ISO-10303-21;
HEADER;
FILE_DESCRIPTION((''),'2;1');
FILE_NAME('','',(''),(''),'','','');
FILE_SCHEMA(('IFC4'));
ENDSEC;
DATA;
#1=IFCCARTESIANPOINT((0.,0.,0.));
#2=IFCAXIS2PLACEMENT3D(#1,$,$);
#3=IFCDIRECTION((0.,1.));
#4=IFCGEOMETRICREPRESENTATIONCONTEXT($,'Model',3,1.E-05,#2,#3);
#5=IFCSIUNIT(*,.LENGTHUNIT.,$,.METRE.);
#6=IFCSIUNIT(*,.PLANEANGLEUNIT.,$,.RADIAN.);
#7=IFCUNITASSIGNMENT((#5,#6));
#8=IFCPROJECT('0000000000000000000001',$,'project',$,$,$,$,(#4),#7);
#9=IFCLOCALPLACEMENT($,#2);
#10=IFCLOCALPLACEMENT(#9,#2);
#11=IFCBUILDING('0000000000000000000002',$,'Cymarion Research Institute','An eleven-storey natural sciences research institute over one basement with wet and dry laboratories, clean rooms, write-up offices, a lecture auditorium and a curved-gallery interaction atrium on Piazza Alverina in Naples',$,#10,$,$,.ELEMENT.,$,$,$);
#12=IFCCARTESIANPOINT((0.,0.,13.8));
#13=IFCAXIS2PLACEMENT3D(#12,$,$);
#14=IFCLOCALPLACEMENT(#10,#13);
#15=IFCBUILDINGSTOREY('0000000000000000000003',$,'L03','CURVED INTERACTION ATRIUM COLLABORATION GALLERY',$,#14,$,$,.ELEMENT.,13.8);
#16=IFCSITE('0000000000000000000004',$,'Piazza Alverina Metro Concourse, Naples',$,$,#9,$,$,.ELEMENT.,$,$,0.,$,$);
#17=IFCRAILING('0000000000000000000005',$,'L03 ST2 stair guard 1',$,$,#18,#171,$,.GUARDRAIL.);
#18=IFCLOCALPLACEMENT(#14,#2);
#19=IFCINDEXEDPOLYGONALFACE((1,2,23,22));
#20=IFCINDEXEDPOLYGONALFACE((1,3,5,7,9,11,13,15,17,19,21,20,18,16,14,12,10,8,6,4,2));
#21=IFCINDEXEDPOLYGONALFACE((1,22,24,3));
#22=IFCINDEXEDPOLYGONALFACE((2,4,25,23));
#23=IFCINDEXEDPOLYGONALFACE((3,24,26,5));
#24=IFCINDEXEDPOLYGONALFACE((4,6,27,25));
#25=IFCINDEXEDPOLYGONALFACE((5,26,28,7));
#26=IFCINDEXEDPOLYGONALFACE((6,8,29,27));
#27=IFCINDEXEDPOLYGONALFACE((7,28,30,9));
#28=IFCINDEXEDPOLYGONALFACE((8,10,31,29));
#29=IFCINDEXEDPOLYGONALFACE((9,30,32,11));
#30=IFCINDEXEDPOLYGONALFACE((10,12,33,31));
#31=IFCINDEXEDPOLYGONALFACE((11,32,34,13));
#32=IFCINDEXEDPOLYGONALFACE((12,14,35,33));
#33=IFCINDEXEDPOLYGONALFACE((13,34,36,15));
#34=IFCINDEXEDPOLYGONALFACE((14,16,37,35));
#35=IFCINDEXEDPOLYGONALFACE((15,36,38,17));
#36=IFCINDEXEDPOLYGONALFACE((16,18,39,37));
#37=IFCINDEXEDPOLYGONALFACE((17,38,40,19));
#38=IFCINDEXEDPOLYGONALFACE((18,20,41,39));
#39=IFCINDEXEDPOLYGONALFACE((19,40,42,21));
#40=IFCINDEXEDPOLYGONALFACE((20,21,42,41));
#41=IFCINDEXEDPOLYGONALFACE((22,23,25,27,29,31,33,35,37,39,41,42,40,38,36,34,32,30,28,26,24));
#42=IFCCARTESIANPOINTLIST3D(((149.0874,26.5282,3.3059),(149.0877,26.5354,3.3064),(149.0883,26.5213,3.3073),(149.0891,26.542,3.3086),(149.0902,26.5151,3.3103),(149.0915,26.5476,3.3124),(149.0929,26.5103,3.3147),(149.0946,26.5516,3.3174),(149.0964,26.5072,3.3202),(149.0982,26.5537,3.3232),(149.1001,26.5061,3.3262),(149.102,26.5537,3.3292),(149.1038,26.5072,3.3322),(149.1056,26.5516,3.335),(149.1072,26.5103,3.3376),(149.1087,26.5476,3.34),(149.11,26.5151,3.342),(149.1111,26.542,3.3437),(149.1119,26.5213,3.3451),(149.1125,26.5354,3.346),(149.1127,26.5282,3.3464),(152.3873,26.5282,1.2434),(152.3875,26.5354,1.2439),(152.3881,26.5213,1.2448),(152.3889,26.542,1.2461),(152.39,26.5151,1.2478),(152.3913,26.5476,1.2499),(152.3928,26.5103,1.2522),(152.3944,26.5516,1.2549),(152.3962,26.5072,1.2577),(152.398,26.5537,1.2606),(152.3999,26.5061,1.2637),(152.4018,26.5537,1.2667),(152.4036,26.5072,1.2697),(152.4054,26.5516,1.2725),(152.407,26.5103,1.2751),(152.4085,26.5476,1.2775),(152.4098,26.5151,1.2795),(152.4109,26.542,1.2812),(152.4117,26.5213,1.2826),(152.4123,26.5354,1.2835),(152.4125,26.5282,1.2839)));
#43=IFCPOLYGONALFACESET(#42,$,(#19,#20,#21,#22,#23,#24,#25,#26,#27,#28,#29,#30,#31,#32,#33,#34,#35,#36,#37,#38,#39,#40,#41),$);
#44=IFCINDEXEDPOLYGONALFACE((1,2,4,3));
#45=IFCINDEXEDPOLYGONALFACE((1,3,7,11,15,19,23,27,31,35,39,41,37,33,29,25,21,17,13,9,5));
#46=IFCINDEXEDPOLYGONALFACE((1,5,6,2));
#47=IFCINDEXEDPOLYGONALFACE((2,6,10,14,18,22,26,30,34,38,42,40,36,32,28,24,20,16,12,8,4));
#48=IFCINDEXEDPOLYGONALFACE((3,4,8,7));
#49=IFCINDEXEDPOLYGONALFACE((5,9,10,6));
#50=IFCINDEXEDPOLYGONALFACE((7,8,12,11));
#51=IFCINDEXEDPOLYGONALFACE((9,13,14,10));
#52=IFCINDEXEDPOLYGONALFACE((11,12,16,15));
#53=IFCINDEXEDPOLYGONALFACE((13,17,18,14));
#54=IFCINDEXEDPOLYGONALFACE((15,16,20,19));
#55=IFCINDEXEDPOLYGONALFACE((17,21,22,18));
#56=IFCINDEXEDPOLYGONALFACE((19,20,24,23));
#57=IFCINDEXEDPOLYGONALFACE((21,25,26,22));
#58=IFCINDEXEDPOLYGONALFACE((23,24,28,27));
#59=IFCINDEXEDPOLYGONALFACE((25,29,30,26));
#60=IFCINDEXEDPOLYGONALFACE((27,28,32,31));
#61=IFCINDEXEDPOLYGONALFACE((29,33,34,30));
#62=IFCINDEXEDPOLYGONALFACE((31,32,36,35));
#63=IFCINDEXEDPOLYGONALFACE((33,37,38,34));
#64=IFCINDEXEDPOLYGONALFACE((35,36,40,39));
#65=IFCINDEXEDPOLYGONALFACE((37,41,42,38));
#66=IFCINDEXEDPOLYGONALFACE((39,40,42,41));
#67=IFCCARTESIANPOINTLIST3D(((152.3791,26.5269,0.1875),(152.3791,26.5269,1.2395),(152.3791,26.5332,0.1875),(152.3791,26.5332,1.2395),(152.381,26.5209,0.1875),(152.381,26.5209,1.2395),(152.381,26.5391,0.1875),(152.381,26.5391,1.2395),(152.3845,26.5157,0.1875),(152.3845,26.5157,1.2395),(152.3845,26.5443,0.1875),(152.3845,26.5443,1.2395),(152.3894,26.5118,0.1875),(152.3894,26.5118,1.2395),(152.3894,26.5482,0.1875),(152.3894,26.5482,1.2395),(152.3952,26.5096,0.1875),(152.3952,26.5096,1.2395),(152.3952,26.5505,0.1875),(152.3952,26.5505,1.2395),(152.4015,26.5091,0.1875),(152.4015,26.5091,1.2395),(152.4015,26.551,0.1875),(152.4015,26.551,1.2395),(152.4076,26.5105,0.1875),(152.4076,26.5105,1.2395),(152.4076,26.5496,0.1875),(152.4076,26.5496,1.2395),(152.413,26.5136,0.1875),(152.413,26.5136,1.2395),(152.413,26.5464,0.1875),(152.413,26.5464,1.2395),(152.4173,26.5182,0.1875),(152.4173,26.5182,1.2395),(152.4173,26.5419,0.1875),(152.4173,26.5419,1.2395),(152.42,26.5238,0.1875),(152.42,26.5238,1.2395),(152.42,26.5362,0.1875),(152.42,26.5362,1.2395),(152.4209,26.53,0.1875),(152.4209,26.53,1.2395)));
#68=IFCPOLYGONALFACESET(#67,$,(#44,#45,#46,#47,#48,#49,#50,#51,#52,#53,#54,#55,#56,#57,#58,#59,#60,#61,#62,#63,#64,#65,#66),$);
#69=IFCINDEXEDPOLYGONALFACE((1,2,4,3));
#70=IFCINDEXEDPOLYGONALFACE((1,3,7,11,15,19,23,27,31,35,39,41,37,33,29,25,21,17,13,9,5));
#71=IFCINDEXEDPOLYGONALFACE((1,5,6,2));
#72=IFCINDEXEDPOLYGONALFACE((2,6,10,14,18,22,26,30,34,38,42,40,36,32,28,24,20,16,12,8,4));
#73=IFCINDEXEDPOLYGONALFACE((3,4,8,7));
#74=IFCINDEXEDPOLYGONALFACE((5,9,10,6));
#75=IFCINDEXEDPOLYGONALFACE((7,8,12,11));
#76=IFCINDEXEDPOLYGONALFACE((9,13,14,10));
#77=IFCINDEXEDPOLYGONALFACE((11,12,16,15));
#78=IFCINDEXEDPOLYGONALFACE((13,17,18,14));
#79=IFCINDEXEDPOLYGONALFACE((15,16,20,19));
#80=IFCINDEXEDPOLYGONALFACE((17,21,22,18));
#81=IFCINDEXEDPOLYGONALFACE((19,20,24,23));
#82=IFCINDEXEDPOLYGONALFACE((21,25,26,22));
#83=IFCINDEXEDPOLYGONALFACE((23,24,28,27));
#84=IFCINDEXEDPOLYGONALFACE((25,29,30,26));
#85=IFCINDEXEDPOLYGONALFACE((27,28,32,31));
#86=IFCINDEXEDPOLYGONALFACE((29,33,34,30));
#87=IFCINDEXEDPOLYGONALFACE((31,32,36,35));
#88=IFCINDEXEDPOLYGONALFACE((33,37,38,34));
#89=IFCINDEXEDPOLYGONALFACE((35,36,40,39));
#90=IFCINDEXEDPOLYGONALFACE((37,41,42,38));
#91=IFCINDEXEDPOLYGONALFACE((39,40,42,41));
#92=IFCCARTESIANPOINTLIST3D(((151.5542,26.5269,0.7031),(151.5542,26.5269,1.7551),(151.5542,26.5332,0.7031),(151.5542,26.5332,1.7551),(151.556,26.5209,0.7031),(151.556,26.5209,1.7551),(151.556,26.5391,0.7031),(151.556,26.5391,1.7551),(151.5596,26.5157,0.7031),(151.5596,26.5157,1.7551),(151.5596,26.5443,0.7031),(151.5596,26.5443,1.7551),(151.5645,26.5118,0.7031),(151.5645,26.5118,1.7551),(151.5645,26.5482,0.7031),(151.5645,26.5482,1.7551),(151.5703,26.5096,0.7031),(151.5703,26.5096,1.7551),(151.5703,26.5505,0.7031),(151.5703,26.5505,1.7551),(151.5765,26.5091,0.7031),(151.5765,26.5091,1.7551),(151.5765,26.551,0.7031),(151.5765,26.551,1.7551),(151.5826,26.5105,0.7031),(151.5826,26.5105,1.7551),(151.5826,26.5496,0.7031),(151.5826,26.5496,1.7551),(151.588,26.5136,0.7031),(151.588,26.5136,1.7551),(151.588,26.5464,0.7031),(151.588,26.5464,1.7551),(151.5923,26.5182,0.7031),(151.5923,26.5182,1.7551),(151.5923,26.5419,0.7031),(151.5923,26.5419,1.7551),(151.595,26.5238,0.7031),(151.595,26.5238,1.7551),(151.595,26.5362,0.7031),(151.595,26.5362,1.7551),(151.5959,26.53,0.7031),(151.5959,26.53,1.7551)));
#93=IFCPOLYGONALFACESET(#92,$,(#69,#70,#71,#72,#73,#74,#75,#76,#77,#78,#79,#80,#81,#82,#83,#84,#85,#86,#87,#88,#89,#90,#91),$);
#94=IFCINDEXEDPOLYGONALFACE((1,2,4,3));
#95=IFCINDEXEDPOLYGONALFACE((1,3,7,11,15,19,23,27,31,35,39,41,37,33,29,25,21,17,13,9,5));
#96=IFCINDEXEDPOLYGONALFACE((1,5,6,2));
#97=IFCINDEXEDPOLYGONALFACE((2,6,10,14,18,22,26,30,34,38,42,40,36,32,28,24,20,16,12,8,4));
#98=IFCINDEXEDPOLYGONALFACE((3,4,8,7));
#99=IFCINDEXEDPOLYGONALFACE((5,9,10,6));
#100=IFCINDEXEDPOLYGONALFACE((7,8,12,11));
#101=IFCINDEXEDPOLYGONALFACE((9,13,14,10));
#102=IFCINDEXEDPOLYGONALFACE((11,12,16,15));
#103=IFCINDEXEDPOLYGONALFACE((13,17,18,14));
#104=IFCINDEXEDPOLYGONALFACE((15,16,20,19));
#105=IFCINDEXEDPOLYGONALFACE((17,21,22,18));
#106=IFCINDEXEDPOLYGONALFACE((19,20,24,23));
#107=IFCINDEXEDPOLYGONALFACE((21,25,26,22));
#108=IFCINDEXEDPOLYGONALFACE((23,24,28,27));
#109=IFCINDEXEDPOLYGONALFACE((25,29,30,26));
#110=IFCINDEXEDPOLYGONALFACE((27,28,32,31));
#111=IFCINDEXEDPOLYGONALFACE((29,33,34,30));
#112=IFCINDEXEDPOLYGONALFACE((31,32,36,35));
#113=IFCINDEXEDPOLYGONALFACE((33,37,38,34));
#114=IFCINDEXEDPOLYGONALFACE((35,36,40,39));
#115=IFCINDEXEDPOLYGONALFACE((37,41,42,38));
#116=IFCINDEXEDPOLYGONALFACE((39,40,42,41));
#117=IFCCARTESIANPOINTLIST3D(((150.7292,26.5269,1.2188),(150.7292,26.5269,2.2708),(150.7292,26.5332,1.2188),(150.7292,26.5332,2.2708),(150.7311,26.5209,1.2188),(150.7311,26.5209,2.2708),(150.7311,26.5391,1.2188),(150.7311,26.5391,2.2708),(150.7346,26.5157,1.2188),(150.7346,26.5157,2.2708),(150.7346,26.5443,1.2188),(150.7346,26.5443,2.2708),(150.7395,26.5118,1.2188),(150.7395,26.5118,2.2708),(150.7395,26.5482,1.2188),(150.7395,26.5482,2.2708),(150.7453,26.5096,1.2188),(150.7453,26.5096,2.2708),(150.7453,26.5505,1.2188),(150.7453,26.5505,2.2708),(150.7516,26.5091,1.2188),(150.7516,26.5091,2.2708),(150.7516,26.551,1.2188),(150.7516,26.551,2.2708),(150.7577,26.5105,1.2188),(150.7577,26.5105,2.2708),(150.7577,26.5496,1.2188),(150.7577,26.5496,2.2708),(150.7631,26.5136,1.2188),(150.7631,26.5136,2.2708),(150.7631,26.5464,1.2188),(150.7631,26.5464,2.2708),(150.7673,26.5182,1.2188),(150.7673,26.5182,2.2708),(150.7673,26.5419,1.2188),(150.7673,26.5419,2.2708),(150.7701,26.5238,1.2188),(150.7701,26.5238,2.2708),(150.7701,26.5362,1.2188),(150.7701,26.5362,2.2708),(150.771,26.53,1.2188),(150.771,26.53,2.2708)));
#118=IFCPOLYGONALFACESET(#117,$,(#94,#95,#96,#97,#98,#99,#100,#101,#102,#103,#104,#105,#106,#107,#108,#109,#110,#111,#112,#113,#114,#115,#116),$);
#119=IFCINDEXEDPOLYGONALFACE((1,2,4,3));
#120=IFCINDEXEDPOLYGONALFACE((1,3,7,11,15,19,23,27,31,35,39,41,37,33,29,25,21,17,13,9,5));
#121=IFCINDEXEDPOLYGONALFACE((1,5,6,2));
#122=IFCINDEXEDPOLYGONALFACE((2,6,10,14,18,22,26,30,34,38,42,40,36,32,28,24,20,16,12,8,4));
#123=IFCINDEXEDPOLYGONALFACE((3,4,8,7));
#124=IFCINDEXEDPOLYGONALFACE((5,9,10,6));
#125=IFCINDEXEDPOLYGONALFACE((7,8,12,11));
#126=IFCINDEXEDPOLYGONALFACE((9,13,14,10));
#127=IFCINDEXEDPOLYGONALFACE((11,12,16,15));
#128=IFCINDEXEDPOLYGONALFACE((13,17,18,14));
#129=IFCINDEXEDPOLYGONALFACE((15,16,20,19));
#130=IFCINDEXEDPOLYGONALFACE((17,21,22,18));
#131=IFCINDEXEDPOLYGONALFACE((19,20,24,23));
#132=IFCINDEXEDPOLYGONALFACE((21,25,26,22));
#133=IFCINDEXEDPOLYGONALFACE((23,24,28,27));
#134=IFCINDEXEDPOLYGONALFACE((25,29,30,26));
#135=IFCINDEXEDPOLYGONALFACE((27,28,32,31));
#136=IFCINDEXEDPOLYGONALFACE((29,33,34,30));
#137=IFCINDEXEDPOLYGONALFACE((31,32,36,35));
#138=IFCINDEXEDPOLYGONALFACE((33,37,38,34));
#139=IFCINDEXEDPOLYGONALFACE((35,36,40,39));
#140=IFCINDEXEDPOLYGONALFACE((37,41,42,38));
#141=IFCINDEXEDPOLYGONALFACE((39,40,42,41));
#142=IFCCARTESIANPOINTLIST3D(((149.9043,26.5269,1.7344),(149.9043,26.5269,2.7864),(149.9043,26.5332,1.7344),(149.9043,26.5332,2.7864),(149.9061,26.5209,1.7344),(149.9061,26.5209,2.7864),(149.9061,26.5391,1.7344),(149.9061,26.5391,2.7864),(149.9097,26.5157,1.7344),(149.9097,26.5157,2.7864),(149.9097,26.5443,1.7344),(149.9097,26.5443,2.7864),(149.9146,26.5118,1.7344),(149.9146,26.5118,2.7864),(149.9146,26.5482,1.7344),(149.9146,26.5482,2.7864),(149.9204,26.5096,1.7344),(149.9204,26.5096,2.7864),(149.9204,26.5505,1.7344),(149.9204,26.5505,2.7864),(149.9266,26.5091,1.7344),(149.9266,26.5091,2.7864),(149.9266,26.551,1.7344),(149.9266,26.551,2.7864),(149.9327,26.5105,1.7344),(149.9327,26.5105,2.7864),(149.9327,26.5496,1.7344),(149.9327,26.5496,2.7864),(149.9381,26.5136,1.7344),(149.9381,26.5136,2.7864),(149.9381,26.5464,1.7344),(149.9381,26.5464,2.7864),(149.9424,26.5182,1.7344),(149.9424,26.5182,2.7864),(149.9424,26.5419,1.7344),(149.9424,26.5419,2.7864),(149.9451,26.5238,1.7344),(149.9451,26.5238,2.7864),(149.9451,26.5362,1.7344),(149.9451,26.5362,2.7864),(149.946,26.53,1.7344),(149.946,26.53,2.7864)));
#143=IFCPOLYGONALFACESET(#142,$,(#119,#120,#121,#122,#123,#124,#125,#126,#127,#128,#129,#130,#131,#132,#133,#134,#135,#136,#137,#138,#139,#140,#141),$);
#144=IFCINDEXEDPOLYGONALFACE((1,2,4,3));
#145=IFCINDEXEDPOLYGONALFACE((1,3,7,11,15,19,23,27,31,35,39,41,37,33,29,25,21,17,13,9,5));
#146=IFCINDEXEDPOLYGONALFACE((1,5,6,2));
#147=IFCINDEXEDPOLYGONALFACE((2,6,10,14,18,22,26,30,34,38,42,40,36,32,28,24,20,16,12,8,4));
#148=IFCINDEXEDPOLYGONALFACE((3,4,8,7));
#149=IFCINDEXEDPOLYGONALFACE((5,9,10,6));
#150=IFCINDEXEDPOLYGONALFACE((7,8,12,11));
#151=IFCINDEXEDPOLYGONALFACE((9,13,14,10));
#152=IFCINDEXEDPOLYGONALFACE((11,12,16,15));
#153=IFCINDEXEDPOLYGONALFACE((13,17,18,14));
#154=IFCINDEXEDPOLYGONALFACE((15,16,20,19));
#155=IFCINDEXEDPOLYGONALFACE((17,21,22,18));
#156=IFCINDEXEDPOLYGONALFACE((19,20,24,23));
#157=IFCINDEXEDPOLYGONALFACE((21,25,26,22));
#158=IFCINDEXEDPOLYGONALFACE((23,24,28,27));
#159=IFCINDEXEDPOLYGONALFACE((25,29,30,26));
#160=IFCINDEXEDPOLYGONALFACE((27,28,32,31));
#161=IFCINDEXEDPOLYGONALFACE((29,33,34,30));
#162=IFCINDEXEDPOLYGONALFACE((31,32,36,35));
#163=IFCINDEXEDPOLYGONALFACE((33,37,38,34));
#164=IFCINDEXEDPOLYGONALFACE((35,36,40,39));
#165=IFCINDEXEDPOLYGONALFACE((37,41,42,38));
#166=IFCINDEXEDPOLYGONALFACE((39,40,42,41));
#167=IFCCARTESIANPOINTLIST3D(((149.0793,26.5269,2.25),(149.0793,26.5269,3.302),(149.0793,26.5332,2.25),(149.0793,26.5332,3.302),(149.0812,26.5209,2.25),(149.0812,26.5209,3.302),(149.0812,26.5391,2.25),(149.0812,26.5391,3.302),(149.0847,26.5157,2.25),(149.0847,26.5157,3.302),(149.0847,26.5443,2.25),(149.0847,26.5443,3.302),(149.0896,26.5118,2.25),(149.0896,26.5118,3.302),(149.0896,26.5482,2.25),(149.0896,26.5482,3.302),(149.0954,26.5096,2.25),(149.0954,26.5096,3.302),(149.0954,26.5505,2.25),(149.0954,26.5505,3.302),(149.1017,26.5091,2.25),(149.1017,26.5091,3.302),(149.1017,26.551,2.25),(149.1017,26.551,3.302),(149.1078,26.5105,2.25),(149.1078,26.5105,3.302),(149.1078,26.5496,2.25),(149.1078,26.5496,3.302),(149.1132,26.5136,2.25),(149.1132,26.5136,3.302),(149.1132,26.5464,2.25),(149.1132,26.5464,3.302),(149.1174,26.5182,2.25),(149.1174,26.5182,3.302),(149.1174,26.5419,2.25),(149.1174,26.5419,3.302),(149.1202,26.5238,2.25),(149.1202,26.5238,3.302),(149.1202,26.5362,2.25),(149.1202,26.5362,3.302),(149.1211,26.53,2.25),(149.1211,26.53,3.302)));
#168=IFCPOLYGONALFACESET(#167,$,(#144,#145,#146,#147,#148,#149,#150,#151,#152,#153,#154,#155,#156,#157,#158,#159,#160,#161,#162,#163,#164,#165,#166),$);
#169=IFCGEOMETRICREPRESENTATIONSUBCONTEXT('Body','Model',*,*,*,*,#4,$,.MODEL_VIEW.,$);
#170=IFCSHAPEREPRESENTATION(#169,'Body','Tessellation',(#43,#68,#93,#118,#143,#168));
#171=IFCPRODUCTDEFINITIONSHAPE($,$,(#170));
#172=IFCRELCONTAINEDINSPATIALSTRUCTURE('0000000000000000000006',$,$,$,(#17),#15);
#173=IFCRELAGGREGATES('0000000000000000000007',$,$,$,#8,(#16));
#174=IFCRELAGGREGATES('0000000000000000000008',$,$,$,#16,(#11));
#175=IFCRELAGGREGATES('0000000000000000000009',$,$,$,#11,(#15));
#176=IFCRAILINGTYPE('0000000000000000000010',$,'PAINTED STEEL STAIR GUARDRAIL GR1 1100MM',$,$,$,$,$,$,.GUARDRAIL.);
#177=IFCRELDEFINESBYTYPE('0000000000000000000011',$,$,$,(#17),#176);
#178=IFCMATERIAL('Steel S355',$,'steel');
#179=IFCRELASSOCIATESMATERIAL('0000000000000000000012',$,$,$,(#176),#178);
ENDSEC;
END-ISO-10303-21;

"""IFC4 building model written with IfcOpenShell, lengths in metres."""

from ifc_helpers import new_model, si_unit, direction, frame, origin, origin_2d, place, context, subcontext, project, spatial, circle, extrude, material, type_object, element, save


model = new_model("IFC4")

# Units and contexts
model_context = context("Model", 3, precision=1e-05, world=origin(), true_north=direction((0.0, 1.0)))
body_context = subcontext(model_context, "Body", "Model", "MODEL_VIEW")
ifc_project = project(units=[si_unit("LENGTHUNIT", "METRE"), si_unit("PLANEANGLEUNIT", "RADIAN")], contexts=[model_context])

# Site, building, storey
site_placement = place(None, origin())
site = spatial("IfcSite", under=ifc_project, at=site_placement, Name="Piazza Alverina Metro Concourse, Naples", CompositionType="ELEMENT", RefElevation=0.0)
building_placement = place(site_placement, origin())
building = spatial("IfcBuilding", under=site, at=building_placement, Name="Cymarion Research Institute", Description="An eleven-storey natural sciences research institute over one basement with wet and dry laboratories, clean rooms, write-up offices, a lecture auditorium and a curved-gallery interaction atrium on Piazza Alverina in Naples", CompositionType="ELEMENT")
storey_placement = place(building_placement, frame((0.0, 0.0, 13.8)))
storey = spatial("IfcBuildingStorey", under=building, at=storey_placement, Name="L03", Description="CURVED INTERACTION ATRIUM COLLABORATION GALLERY", CompositionType="ELEMENT", Elevation=13.8)

# Shared definitions
ifc_material_1 = material(Name="Steel S355", Category="steel")

# Railing
railing_type_1 = type_object("IfcRailingType", Name="PAINTED STEEL STAIR GUARDRAIL GR1 1100MM", PredefinedType="GUARDRAIL", material=ifc_material_1)
railing_1_placement = place(storey_placement, frame((152.3999, 26.53, 0.1875)))
element("IfcRailing", 1, at=railing_1_placement, inside=storey, type_object=railing_type_1, Name="L03 ST2 stair guard 1", PredefinedType="GUARDRAIL", context=body_context, shape_type="SweptSolid", body=[
    extrude(circle(Radius=0.0239, at=origin_2d()), frame((0.0, 0.0, 1.0762), z_axis=(-0.847984, 0.0, 0.530021), x_axis=(0.0, -1.0, 0.0)), (0.0, 0.0, 1.0), 3.8914),
    extrude(circle(Radius=0.021, at=origin_2d()), origin(), (0.0, 0.0, 1.0), 1.052),
    extrude(circle(Radius=0.021, at=origin_2d()), frame((-0.825, 0.0, 0.5156)), (0.0, 0.0, 1.0), 1.052),
    extrude(circle(Radius=0.021, at=origin_2d()), frame((-1.6499, 0.0, 1.0312)), (0.0, 0.0, 1.0), 1.052),
    extrude(circle(Radius=0.021, at=origin_2d()), frame((-2.4749, 0.0, 1.5469)), (0.0, 0.0, 1.0), 1.052),
    extrude(circle(Radius=0.021, at=origin_2d()), frame((-3.2998, 0.0, 2.0625)), (0.0, 0.0, 1.0), 1.052),
])

save(model, "model.ifc")
